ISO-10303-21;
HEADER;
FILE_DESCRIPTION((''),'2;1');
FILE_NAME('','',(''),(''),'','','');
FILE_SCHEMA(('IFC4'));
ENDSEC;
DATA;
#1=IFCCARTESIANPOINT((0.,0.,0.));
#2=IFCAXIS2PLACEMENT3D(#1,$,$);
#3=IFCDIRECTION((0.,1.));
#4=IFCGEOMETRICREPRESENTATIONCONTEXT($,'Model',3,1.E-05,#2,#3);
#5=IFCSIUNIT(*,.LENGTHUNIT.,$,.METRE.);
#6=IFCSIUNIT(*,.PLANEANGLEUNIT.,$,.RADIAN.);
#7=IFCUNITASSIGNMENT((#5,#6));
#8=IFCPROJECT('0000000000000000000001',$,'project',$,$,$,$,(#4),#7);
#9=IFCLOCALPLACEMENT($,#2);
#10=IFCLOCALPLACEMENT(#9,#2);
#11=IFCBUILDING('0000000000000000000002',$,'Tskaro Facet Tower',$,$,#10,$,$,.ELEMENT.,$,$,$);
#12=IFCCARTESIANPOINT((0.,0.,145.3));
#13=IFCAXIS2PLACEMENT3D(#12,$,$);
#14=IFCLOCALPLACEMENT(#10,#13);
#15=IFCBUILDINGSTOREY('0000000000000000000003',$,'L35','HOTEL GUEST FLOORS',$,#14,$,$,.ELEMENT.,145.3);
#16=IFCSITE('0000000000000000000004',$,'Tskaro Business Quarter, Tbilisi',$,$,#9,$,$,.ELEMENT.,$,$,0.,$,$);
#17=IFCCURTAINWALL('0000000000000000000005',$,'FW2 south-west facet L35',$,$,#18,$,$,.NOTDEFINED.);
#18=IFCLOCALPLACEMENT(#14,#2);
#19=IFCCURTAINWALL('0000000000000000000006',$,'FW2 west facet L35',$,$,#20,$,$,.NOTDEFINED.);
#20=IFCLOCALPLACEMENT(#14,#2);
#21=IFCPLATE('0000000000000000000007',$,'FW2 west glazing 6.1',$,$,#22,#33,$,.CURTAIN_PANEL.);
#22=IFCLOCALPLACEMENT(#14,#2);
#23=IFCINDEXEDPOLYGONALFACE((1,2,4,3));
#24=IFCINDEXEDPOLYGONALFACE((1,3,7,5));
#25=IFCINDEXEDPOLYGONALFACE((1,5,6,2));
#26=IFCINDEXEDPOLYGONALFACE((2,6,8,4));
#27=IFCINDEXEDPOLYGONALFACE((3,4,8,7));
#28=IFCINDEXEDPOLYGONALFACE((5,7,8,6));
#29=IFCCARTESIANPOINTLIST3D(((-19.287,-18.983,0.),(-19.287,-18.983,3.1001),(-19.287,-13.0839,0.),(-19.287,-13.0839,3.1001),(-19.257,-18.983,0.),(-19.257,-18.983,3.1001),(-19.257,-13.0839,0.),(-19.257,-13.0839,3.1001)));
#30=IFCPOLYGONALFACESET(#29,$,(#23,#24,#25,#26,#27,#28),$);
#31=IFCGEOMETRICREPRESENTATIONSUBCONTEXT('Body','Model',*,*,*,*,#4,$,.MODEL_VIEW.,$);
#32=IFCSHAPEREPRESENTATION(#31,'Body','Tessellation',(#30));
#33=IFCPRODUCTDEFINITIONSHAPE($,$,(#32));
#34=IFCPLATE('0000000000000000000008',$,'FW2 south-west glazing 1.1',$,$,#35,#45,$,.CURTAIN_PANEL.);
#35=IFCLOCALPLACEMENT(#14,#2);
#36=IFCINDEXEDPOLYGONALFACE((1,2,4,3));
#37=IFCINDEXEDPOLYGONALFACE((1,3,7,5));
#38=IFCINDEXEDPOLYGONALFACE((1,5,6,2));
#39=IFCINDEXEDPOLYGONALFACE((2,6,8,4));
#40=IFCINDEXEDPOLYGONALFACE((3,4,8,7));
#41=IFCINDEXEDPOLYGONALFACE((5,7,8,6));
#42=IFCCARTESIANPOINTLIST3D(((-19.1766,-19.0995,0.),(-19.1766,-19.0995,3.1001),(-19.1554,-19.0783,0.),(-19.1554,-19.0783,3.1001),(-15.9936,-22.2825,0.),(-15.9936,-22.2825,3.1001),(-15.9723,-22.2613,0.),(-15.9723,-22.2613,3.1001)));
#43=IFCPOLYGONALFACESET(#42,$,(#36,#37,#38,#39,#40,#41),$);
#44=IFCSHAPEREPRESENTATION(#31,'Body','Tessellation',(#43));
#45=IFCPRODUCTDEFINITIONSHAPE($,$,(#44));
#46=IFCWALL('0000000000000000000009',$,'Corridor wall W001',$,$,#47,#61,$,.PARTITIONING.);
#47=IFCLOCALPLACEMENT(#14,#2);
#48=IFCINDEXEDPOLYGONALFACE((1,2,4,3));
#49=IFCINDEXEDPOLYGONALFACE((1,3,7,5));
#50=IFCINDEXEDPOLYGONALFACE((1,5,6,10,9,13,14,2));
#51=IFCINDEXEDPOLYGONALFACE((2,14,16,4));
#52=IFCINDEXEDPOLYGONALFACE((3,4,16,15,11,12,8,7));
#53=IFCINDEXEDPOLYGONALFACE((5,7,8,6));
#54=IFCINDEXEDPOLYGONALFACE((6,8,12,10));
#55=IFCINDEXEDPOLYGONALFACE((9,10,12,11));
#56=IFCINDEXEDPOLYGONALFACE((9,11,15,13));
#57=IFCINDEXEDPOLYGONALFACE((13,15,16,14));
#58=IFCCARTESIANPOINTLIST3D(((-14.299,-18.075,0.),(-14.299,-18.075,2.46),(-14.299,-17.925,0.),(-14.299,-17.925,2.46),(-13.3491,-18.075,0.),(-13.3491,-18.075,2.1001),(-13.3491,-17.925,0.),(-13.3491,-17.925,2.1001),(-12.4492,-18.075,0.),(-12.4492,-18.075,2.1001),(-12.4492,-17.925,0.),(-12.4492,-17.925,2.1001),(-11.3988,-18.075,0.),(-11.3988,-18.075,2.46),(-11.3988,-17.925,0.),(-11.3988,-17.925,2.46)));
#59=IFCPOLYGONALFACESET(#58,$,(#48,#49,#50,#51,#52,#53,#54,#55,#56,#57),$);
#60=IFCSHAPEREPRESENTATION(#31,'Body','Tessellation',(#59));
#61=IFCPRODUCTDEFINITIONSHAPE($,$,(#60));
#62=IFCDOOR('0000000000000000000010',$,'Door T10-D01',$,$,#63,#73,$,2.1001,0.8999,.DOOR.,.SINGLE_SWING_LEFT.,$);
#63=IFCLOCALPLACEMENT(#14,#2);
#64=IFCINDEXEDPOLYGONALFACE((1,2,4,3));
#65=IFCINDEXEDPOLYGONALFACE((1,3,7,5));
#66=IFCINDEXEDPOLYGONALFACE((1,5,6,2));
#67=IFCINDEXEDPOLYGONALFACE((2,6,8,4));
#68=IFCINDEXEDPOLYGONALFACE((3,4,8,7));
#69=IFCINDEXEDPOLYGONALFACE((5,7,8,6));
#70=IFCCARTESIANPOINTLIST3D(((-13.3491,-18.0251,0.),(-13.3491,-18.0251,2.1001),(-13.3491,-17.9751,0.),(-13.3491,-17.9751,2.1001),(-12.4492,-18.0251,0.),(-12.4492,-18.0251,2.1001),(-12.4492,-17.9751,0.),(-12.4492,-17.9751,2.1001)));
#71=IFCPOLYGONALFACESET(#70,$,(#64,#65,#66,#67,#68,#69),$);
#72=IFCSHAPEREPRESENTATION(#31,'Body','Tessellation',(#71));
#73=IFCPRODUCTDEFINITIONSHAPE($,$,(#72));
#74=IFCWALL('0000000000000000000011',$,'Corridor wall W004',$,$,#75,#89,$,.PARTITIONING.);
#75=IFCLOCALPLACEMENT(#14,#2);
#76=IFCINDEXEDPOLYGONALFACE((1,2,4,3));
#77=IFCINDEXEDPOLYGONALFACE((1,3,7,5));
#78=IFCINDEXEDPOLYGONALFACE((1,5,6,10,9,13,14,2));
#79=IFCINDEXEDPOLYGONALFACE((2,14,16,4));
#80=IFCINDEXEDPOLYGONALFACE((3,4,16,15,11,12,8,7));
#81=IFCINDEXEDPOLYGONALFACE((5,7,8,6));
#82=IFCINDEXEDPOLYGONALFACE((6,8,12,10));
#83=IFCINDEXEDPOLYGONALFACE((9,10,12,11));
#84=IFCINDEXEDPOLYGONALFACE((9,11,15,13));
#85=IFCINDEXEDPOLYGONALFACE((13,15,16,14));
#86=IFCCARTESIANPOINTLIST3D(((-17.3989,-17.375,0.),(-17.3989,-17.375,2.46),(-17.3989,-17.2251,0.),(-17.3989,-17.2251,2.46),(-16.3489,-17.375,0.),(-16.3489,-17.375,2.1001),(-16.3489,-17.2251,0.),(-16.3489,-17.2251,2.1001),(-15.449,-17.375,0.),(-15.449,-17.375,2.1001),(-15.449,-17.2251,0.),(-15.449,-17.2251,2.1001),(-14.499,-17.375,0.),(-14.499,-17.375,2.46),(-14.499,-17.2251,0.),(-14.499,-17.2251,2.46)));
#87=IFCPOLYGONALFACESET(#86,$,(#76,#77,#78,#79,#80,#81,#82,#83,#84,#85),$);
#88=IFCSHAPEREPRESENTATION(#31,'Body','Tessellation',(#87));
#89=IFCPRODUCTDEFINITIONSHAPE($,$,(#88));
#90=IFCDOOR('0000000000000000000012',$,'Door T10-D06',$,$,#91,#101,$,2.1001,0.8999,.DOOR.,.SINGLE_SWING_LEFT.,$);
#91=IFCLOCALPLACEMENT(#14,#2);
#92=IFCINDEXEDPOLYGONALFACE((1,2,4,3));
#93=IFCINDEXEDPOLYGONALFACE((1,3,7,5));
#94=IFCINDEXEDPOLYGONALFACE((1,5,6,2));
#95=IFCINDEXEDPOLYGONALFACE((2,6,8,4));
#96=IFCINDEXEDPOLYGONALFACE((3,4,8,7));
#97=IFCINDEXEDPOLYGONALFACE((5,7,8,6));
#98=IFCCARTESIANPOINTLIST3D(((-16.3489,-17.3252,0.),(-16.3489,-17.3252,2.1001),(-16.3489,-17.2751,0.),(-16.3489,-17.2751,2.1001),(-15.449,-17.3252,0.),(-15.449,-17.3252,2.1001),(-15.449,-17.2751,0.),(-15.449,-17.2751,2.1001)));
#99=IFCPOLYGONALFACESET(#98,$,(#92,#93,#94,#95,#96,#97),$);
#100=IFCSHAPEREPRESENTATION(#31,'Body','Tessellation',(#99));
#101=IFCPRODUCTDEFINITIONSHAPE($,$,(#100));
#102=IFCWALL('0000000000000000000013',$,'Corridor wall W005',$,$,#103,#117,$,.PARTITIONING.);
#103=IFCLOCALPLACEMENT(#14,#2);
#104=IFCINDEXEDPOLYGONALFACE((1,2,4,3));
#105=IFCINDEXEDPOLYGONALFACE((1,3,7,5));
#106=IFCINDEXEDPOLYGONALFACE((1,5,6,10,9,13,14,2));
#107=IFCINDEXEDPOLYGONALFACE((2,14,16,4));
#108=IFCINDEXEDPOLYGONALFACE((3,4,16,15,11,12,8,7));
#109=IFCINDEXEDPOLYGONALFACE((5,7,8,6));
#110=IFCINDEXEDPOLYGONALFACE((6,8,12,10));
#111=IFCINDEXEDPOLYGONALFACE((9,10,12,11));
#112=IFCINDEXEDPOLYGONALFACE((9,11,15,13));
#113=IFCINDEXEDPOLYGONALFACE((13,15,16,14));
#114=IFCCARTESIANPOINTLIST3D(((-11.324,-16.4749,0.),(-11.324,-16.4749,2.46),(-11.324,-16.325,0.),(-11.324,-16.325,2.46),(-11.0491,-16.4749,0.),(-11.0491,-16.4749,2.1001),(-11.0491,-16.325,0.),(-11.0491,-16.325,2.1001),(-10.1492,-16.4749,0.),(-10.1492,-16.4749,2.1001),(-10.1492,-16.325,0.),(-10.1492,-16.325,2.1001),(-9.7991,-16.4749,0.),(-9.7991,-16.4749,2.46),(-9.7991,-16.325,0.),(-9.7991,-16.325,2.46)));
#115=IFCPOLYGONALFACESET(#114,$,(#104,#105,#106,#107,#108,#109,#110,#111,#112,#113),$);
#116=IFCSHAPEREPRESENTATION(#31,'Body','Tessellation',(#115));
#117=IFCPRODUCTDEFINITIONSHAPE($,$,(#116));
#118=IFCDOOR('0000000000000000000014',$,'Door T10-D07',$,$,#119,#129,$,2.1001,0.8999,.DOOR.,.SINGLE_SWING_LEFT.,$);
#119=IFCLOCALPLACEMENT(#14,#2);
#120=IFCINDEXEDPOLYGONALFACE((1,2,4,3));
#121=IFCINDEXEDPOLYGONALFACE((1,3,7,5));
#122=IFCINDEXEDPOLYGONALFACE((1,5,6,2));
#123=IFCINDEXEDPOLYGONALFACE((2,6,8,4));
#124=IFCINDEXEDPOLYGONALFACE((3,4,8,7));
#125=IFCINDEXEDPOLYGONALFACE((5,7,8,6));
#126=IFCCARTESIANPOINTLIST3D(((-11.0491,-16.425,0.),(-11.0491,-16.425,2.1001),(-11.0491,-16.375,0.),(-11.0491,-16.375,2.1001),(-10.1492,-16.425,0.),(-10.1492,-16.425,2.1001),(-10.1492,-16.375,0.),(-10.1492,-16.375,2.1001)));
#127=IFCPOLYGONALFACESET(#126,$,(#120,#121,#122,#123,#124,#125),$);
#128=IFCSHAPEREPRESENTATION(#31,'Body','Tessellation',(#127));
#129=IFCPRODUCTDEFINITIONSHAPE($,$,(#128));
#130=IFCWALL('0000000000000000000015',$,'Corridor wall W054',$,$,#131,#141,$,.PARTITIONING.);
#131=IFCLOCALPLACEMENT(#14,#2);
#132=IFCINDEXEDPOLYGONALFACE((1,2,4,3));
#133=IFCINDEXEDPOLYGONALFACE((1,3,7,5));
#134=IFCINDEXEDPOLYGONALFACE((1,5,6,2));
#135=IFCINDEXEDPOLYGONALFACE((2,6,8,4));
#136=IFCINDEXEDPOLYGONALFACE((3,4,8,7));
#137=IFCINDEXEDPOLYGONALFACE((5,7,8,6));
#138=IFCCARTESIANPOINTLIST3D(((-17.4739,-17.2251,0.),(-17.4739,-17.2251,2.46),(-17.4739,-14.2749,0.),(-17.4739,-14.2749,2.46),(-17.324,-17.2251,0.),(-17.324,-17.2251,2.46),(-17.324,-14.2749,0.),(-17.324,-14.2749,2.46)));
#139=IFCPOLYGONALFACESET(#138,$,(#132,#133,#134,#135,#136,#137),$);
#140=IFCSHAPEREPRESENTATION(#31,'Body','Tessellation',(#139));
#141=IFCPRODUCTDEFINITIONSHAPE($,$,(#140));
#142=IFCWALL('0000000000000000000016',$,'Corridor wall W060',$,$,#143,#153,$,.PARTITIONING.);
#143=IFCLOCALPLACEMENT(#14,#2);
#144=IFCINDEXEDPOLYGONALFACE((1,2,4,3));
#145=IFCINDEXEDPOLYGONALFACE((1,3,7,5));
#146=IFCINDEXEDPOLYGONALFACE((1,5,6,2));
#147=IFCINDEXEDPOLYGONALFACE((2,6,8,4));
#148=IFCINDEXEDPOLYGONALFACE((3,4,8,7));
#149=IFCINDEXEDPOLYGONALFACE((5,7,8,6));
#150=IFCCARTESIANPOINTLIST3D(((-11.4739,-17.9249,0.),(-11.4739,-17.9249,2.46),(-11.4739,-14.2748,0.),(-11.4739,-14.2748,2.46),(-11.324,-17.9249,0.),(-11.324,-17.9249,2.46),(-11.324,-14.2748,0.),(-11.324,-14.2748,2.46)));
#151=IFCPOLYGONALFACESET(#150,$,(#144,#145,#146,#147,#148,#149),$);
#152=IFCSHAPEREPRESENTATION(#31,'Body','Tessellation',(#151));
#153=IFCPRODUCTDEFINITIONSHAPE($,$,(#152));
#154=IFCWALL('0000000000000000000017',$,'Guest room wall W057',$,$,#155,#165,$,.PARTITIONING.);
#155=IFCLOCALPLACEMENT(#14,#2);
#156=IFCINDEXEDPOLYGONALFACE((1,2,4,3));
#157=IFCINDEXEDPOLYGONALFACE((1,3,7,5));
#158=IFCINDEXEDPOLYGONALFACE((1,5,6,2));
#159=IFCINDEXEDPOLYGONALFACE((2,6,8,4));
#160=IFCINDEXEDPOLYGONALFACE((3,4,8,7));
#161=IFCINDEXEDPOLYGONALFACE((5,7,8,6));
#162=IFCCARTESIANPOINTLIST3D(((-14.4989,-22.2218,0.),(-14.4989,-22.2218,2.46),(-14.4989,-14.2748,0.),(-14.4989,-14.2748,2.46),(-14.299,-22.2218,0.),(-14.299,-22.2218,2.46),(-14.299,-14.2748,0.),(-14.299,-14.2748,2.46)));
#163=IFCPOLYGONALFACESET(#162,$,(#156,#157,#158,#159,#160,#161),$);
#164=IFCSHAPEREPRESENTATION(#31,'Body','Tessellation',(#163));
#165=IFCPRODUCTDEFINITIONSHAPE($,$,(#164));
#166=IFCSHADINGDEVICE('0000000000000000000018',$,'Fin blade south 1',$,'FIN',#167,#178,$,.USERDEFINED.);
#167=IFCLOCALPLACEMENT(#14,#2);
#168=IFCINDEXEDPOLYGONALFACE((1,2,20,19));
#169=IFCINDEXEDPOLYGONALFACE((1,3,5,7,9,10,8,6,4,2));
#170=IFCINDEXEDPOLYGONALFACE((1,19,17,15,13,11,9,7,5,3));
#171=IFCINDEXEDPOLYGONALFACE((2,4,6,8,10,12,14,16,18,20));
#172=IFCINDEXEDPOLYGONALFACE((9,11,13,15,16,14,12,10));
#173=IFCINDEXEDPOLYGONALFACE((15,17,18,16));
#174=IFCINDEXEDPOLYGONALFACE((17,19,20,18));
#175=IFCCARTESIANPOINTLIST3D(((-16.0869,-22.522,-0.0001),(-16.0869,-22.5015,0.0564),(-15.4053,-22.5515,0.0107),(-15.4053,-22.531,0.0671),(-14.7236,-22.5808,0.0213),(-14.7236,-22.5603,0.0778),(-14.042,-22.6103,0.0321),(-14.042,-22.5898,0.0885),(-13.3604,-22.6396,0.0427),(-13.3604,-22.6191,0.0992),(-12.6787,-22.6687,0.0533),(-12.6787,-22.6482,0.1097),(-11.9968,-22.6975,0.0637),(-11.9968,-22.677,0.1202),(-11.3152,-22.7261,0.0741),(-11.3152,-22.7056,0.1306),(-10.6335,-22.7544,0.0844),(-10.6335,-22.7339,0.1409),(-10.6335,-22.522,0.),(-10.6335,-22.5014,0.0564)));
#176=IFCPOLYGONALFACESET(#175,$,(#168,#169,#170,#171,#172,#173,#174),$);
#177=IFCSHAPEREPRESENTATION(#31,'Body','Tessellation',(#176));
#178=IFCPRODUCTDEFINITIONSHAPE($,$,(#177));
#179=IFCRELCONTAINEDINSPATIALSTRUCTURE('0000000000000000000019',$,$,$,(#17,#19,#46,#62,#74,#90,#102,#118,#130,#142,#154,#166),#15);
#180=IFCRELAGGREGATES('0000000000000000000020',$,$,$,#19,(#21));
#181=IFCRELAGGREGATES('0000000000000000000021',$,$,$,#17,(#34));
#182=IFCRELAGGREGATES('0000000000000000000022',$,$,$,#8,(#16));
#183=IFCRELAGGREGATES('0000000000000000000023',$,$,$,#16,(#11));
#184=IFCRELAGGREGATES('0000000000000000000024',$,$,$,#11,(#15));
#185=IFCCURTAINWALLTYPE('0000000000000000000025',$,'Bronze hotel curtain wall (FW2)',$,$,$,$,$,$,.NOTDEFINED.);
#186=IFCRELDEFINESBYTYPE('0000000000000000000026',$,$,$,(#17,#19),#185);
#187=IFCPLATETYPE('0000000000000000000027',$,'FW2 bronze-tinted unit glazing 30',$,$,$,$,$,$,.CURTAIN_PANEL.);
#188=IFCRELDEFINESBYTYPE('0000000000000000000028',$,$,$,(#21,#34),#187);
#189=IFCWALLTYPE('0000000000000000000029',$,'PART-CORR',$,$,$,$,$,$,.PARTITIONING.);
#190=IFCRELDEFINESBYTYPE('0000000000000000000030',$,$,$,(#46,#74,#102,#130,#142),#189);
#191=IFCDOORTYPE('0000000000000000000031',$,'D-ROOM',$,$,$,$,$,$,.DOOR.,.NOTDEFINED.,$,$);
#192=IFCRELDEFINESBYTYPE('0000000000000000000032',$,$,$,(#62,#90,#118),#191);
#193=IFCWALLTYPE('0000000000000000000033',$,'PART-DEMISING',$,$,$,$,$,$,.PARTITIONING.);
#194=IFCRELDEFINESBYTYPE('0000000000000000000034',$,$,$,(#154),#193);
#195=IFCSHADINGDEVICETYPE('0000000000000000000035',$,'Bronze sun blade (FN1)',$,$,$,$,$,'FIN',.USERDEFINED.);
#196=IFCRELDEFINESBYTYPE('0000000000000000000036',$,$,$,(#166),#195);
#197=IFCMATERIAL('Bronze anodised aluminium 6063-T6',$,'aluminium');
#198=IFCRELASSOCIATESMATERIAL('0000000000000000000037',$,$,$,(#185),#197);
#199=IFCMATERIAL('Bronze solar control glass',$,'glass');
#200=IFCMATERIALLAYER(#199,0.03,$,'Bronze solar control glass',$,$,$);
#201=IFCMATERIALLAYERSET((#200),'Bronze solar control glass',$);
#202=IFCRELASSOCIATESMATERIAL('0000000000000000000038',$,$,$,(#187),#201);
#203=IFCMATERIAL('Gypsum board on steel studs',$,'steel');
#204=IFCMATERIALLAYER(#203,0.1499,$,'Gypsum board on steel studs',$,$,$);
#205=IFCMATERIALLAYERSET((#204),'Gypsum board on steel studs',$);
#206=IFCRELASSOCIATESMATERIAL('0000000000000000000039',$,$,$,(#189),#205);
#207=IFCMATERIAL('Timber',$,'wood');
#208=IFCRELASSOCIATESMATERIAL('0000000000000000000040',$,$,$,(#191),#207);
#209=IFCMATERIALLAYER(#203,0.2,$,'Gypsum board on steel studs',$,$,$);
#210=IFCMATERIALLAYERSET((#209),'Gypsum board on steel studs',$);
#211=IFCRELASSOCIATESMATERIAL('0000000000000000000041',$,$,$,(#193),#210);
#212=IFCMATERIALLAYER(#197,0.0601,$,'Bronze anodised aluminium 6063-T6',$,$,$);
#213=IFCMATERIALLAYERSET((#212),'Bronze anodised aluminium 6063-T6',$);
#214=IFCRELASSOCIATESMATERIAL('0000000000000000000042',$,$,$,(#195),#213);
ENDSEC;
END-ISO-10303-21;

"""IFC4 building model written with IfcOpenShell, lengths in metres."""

from ifc_helpers import new_model, si_unit, direction, frame, frame_2d, origin, origin_2d, place, context, subcontext, project, spatial, polyline, rectangle, outline, extrude, material, layer, layer_set, type_object, element, fill, aggregate, save


model = new_model("IFC4")

# Units and contexts
model_context = context("Model", 3, precision=1e-05, world=origin(), true_north=direction((0.0, 1.0)))
body_context = subcontext(model_context, "Body", "Model", "MODEL_VIEW")
ifc_project = project(units=[si_unit("LENGTHUNIT", "METRE"), si_unit("PLANEANGLEUNIT", "RADIAN")], contexts=[model_context])

# Site, building, storey
site_placement = place(None, origin())
site = spatial("IfcSite", under=ifc_project, at=site_placement, Name="Tskaro Business Quarter, Tbilisi", CompositionType="ELEMENT", RefElevation=0.0)
building_placement = place(site_placement, origin())
building = spatial("IfcBuilding", under=site, at=building_placement, Name="Tskaro Facet Tower", CompositionType="ELEMENT")
storey_placement = place(building_placement, frame((0.0, 0.0, 145.3)))
storey = spatial("IfcBuildingStorey", under=building, at=storey_placement, Name="L35", Description="HOTEL GUEST FLOORS", CompositionType="ELEMENT", Elevation=145.3)

# Curtain wall
ifc_material_1 = material(Name="Bronze anodised aluminium 6063-T6", Category="aluminium")
curtain_wall_type = type_object("IfcCurtainWallType", Name="Bronze hotel curtain wall (FW2)", PredefinedType="NOTDEFINED", material=ifc_material_1)
curtain_wall_1_placement = place(storey_placement, origin())
curtain_wall_1 = element("IfcCurtainWall", 1, at=curtain_wall_1_placement, inside=storey, type_object=curtain_wall_type, Name="FW2 south-west facet L35", PredefinedType="NOTDEFINED")

# Shared definitions
ifc_material_2 = material(Name="Bronze solar control glass", Category="glass")
ifc_layer_1 = layer(ifc_material_2, 0.03, Name="Bronze solar control glass")
ifc_layer_set_1 = layer_set([ifc_layer_1], Name="Bronze solar control glass")
plate_type = type_object("IfcPlateType", Name="FW2 bronze-tinted unit glazing 30", PredefinedType="CURTAIN_PANEL", material=ifc_layer_set_1)

# Curtain wall, plate
curtain_wall_2_placement = place(storey_placement, origin())
curtain_wall_2 = element("IfcCurtainWall", 2, at=curtain_wall_2_placement, inside=storey, type_object=curtain_wall_type, Name="FW2 west facet L35", PredefinedType="NOTDEFINED")
plate_1_placement = place(storey_placement, frame((-19.272, -16.0334, 0.0), z_axis=(0.0, 0.0, 1.0), x_axis=(0.0, -1.0, 0.0)))
plate_1 = element("IfcPlate", 3, at=plate_1_placement, type_object=plate_type, Name="FW2 west glazing 6.1", PredefinedType="CURTAIN_PANEL", context=body_context, shape_type="SweptSolid", body=[
    extrude(rectangle(XDim=5.8992, YDim=0.03, at=origin_2d()), origin(), (0.0, 0.0, 1.0), 3.1001),
])
aggregate(curtain_wall_2, [plate_1])

# Plate
plate_2_placement = place(storey_placement, frame((-17.5745, -20.6804, 0.0), z_axis=(0.0, 0.0, 1.0), x_axis=(0.707107, -0.707107, 0.0)))
plate_2 = element("IfcPlate", 4, at=plate_2_placement, type_object=plate_type, Name="FW2 south-west glazing 1.1", PredefinedType="CURTAIN_PANEL", context=body_context, shape_type="SweptSolid", body=[
    extrude(rectangle(XDim=4.5015, YDim=0.03, at=origin_2d()), origin(), (0.0, 0.0, 1.0), 3.1001),
])
aggregate(curtain_wall_1, [plate_2])

# Walls, openings, doors
ifc_material_3 = material(Name="Gypsum board on steel studs", Category="steel")
ifc_layer_2 = layer(ifc_material_3, 0.1499, Name="Gypsum board on steel studs")
ifc_layer_set_2 = layer_set([ifc_layer_2], Name="Gypsum board on steel studs")
wall_type_1 = type_object("IfcWallType", Name="PART-CORR", PredefinedType="PARTITIONING", material=ifc_layer_set_2)
wall_1_placement = place(storey_placement, frame((-14.2991, -18.0, 0.0), z_axis=(0.0, 0.0, 1.0), x_axis=(1.0, 0.0, 0.0)))
wall_1 = element("IfcWall", 5, at=wall_1_placement, inside=storey, type_object=wall_type_1, Name="Corridor wall W001", PredefinedType="PARTITIONING", context=body_context, shape_type="SweptSolid", body=[
    extrude(rectangle(XDim=2.9001, YDim=0.1499, at=frame_2d((1.4502, 0.0))), origin(), (0.0, 0.0, 1.0), 2.46),
])
opening_1_placement = place(wall_1_placement, frame((0.95, 0.0, 0.0)))
opening_1 = element("IfcOpeningElement", 6, at=opening_1_placement, cuts=wall_1, PredefinedType="OPENING", context=body_context, shape_type="SweptSolid", body=[
    extrude(rectangle(XDim=0.8999, YDim=2.1001, at=frame_2d((0.45, 1.05))), frame((0.0, 0.085, 0.0), z_axis=(0.0, -1.0, 0.0), x_axis=(1.0, 0.0, 0.0)), (0.0, 0.0, 1.0), 0.1699),
])
ifc_material_4 = material(Name="Timber", Category="wood")
door_type = type_object("IfcDoorType", Name="D-ROOM", OperationType="NOTDEFINED", PredefinedType="DOOR", material=ifc_material_4)
door_1_placement = place(opening_1_placement, origin())
door_1 = element("IfcDoor", 7, at=door_1_placement, inside=storey, type_object=door_type, Name="Door T10-D01", OperationType="SINGLE_SWING_LEFT", OverallHeight=2.1001, OverallWidth=0.8999, PredefinedType="DOOR", context=body_context, shape_type="SweptSolid", body=[
    extrude(rectangle(XDim=0.8999, YDim=2.1001, at=frame_2d((0.45, 1.05))), frame((0.0, 0.0249, 0.0), z_axis=(0.0, -1.0, 0.0), x_axis=(1.0, 0.0, 0.0)), (0.0, 0.0, 1.0), 0.05),
])
fill(opening_1, door_1)
wall_2_placement = place(storey_placement, frame((-17.3989, -17.3, 0.0), z_axis=(0.0, 0.0, 1.0), x_axis=(1.0, 0.0, 0.0)))
wall_2 = element("IfcWall", 8, at=wall_2_placement, inside=storey, type_object=wall_type_1, Name="Corridor wall W004", PredefinedType="PARTITIONING", context=body_context, shape_type="SweptSolid", body=[
    extrude(rectangle(XDim=2.8999, YDim=0.1499, at=frame_2d((1.45, 0.0))), origin(), (0.0, 0.0, 1.0), 2.46),
])
opening_2_placement = place(wall_2_placement, frame((1.05, 0.0, 0.0)))
opening_2 = element("IfcOpeningElement", 9, at=opening_2_placement, cuts=wall_2, PredefinedType="OPENING", context=body_context, shape_type="SweptSolid", body=[
    extrude(rectangle(XDim=0.8999, YDim=2.1001, at=frame_2d((0.45, 1.05))), frame((0.0, 0.085, 0.0), z_axis=(0.0, -1.0, 0.0), x_axis=(1.0, 0.0, 0.0)), (0.0, 0.0, 1.0), 0.1699),
])
door_2_placement = place(opening_2_placement, origin())
door_2 = element("IfcDoor", 10, at=door_2_placement, inside=storey, type_object=door_type, Name="Door T10-D06", OperationType="SINGLE_SWING_LEFT", OverallHeight=2.1001, OverallWidth=0.8999, PredefinedType="DOOR", context=body_context, shape_type="SweptSolid", body=[
    extrude(rectangle(XDim=0.8999, YDim=2.1001, at=frame_2d((0.45, 1.05))), frame((0.0, 0.0249, 0.0), z_axis=(0.0, -1.0, 0.0), x_axis=(1.0, 0.0, 0.0)), (0.0, 0.0, 1.0), 0.05),
])
fill(opening_2, door_2)
wall_3_placement = place(storey_placement, frame((-11.324, -16.3999, 0.0), z_axis=(0.0, 0.0, 1.0), x_axis=(1.0, 0.0, 0.0)))
wall_3 = element("IfcWall", 11, at=wall_3_placement, inside=storey, type_object=wall_type_1, Name="Corridor wall W005", PredefinedType="PARTITIONING", context=body_context, shape_type="SweptSolid", body=[
    extrude(rectangle(XDim=1.5249, YDim=0.1499, at=frame_2d((0.7625, 0.0))), origin(), (0.0, 0.0, 1.0), 2.46),
])
opening_3_placement = place(wall_3_placement, frame((0.2749, 0.0, 0.0)))
opening_3 = element("IfcOpeningElement", 12, at=opening_3_placement, cuts=wall_3, PredefinedType="OPENING", context=body_context, shape_type="SweptSolid", body=[
    extrude(rectangle(XDim=0.8999, YDim=2.1001, at=frame_2d((0.45, 1.05))), frame((0.0, 0.085, 0.0), z_axis=(0.0, -1.0, 0.0), x_axis=(1.0, 0.0, 0.0)), (0.0, 0.0, 1.0), 0.1699),
])
door_3_placement = place(opening_3_placement, origin())
door_3 = element("IfcDoor", 13, at=door_3_placement, inside=storey, type_object=door_type, Name="Door T10-D07", OperationType="SINGLE_SWING_LEFT", OverallHeight=2.1001, OverallWidth=0.8999, PredefinedType="DOOR", context=body_context, shape_type="SweptSolid", body=[
    extrude(rectangle(XDim=0.8999, YDim=2.1001, at=frame_2d((0.45, 1.05))), frame((0.0, 0.0249, 0.0), z_axis=(0.0, -1.0, 0.0), x_axis=(1.0, 0.0, 0.0)), (0.0, 0.0, 1.0), 0.05),
])
fill(opening_3, door_3)

# Walls
wall_4_placement = place(storey_placement, frame((-17.3989, -17.2251, 0.0), z_axis=(0.0, 0.0, 1.0), x_axis=(0.0, 1.0, 0.0)))
element("IfcWall", 14, at=wall_4_placement, inside=storey, type_object=wall_type_1, Name="Corridor wall W054", PredefinedType="PARTITIONING", context=body_context, shape_type="SweptSolid", body=[
    extrude(rectangle(XDim=2.9502, YDim=0.1499, at=frame_2d((1.4751, 0.0))), origin(), (0.0, 0.0, 1.0), 2.46),
])
wall_5_placement = place(storey_placement, frame((-11.3989, -17.925, 0.0), z_axis=(0.0, 0.0, 1.0), x_axis=(0.0, 1.0, 0.0)))
element("IfcWall", 15, at=wall_5_placement, inside=storey, type_object=wall_type_1, Name="Corridor wall W060", PredefinedType="PARTITIONING", context=body_context, shape_type="SweptSolid", body=[
    extrude(rectangle(XDim=3.6501, YDim=0.1499, at=frame_2d((1.8252, 0.0))), origin(), (0.0, 0.0, 1.0), 2.46),
])
ifc_layer_3 = layer(ifc_material_3, 0.2, Name="Gypsum board on steel studs")
ifc_layer_set_3 = layer_set([ifc_layer_3], Name="Gypsum board on steel studs")
wall_type_2 = type_object("IfcWallType", Name="PART-DEMISING", PredefinedType="PARTITIONING", material=ifc_layer_set_3)
wall_6_placement = place(storey_placement, frame((-14.3989, -22.2219, 0.0), z_axis=(0.0, 0.0, 1.0), x_axis=(0.0, 1.0, 0.0)))
element("IfcWall", 16, at=wall_6_placement, inside=storey, type_object=wall_type_2, Name="Guest room wall W057", PredefinedType="PARTITIONING", context=body_context, shape_type="SweptSolid", body=[
    extrude(rectangle(XDim=7.947, YDim=0.2, at=frame_2d((3.9736, 0.0))), origin(), (0.0, 0.0, 1.0), 2.46),
])

# Shading device
ifc_layer_4 = layer(ifc_material_1, 0.0601, Name="Bronze anodised aluminium 6063-T6")
ifc_layer_set_4 = layer_set([ifc_layer_4], Name="Bronze anodised aluminium 6063-T6")
shading_device_type = type_object("IfcShadingDeviceType", Name="Bronze sun blade (FN1)", ElementType="FIN", PredefinedType="USERDEFINED", material=ifc_layer_set_4)
shading_device_1_placement = place(storey_placement, frame((-16.0869, -22.5015, 0.0564), z_axis=(-0.000009, 0.341389, 0.939922), x_axis=(1.0, 0.000003, 0.000009)))
element("IfcShadingDevice", 17, at=shading_device_1_placement, inside=storey, type_object=shading_device_type, Name="Fin blade south 1", ObjectType="FIN", PredefinedType="USERDEFINED", context=body_context, shape_type="SweptSolid", body=[
    extrude(outline(polyline([(0.0, 0.0), (5.4534, 0.0), (5.4534, -0.2473), (4.7717, -0.2172), (4.0901, -0.1867), (3.4082, -0.1561), (2.7266, -0.1252), (2.0449, -0.094), (1.3633, -0.0626), (0.6816, -0.0314), (0.0, 0.0)])), origin(), (0.0, 0.0, -1.0), 0.0601),
])

save(model, "model.ifc")
